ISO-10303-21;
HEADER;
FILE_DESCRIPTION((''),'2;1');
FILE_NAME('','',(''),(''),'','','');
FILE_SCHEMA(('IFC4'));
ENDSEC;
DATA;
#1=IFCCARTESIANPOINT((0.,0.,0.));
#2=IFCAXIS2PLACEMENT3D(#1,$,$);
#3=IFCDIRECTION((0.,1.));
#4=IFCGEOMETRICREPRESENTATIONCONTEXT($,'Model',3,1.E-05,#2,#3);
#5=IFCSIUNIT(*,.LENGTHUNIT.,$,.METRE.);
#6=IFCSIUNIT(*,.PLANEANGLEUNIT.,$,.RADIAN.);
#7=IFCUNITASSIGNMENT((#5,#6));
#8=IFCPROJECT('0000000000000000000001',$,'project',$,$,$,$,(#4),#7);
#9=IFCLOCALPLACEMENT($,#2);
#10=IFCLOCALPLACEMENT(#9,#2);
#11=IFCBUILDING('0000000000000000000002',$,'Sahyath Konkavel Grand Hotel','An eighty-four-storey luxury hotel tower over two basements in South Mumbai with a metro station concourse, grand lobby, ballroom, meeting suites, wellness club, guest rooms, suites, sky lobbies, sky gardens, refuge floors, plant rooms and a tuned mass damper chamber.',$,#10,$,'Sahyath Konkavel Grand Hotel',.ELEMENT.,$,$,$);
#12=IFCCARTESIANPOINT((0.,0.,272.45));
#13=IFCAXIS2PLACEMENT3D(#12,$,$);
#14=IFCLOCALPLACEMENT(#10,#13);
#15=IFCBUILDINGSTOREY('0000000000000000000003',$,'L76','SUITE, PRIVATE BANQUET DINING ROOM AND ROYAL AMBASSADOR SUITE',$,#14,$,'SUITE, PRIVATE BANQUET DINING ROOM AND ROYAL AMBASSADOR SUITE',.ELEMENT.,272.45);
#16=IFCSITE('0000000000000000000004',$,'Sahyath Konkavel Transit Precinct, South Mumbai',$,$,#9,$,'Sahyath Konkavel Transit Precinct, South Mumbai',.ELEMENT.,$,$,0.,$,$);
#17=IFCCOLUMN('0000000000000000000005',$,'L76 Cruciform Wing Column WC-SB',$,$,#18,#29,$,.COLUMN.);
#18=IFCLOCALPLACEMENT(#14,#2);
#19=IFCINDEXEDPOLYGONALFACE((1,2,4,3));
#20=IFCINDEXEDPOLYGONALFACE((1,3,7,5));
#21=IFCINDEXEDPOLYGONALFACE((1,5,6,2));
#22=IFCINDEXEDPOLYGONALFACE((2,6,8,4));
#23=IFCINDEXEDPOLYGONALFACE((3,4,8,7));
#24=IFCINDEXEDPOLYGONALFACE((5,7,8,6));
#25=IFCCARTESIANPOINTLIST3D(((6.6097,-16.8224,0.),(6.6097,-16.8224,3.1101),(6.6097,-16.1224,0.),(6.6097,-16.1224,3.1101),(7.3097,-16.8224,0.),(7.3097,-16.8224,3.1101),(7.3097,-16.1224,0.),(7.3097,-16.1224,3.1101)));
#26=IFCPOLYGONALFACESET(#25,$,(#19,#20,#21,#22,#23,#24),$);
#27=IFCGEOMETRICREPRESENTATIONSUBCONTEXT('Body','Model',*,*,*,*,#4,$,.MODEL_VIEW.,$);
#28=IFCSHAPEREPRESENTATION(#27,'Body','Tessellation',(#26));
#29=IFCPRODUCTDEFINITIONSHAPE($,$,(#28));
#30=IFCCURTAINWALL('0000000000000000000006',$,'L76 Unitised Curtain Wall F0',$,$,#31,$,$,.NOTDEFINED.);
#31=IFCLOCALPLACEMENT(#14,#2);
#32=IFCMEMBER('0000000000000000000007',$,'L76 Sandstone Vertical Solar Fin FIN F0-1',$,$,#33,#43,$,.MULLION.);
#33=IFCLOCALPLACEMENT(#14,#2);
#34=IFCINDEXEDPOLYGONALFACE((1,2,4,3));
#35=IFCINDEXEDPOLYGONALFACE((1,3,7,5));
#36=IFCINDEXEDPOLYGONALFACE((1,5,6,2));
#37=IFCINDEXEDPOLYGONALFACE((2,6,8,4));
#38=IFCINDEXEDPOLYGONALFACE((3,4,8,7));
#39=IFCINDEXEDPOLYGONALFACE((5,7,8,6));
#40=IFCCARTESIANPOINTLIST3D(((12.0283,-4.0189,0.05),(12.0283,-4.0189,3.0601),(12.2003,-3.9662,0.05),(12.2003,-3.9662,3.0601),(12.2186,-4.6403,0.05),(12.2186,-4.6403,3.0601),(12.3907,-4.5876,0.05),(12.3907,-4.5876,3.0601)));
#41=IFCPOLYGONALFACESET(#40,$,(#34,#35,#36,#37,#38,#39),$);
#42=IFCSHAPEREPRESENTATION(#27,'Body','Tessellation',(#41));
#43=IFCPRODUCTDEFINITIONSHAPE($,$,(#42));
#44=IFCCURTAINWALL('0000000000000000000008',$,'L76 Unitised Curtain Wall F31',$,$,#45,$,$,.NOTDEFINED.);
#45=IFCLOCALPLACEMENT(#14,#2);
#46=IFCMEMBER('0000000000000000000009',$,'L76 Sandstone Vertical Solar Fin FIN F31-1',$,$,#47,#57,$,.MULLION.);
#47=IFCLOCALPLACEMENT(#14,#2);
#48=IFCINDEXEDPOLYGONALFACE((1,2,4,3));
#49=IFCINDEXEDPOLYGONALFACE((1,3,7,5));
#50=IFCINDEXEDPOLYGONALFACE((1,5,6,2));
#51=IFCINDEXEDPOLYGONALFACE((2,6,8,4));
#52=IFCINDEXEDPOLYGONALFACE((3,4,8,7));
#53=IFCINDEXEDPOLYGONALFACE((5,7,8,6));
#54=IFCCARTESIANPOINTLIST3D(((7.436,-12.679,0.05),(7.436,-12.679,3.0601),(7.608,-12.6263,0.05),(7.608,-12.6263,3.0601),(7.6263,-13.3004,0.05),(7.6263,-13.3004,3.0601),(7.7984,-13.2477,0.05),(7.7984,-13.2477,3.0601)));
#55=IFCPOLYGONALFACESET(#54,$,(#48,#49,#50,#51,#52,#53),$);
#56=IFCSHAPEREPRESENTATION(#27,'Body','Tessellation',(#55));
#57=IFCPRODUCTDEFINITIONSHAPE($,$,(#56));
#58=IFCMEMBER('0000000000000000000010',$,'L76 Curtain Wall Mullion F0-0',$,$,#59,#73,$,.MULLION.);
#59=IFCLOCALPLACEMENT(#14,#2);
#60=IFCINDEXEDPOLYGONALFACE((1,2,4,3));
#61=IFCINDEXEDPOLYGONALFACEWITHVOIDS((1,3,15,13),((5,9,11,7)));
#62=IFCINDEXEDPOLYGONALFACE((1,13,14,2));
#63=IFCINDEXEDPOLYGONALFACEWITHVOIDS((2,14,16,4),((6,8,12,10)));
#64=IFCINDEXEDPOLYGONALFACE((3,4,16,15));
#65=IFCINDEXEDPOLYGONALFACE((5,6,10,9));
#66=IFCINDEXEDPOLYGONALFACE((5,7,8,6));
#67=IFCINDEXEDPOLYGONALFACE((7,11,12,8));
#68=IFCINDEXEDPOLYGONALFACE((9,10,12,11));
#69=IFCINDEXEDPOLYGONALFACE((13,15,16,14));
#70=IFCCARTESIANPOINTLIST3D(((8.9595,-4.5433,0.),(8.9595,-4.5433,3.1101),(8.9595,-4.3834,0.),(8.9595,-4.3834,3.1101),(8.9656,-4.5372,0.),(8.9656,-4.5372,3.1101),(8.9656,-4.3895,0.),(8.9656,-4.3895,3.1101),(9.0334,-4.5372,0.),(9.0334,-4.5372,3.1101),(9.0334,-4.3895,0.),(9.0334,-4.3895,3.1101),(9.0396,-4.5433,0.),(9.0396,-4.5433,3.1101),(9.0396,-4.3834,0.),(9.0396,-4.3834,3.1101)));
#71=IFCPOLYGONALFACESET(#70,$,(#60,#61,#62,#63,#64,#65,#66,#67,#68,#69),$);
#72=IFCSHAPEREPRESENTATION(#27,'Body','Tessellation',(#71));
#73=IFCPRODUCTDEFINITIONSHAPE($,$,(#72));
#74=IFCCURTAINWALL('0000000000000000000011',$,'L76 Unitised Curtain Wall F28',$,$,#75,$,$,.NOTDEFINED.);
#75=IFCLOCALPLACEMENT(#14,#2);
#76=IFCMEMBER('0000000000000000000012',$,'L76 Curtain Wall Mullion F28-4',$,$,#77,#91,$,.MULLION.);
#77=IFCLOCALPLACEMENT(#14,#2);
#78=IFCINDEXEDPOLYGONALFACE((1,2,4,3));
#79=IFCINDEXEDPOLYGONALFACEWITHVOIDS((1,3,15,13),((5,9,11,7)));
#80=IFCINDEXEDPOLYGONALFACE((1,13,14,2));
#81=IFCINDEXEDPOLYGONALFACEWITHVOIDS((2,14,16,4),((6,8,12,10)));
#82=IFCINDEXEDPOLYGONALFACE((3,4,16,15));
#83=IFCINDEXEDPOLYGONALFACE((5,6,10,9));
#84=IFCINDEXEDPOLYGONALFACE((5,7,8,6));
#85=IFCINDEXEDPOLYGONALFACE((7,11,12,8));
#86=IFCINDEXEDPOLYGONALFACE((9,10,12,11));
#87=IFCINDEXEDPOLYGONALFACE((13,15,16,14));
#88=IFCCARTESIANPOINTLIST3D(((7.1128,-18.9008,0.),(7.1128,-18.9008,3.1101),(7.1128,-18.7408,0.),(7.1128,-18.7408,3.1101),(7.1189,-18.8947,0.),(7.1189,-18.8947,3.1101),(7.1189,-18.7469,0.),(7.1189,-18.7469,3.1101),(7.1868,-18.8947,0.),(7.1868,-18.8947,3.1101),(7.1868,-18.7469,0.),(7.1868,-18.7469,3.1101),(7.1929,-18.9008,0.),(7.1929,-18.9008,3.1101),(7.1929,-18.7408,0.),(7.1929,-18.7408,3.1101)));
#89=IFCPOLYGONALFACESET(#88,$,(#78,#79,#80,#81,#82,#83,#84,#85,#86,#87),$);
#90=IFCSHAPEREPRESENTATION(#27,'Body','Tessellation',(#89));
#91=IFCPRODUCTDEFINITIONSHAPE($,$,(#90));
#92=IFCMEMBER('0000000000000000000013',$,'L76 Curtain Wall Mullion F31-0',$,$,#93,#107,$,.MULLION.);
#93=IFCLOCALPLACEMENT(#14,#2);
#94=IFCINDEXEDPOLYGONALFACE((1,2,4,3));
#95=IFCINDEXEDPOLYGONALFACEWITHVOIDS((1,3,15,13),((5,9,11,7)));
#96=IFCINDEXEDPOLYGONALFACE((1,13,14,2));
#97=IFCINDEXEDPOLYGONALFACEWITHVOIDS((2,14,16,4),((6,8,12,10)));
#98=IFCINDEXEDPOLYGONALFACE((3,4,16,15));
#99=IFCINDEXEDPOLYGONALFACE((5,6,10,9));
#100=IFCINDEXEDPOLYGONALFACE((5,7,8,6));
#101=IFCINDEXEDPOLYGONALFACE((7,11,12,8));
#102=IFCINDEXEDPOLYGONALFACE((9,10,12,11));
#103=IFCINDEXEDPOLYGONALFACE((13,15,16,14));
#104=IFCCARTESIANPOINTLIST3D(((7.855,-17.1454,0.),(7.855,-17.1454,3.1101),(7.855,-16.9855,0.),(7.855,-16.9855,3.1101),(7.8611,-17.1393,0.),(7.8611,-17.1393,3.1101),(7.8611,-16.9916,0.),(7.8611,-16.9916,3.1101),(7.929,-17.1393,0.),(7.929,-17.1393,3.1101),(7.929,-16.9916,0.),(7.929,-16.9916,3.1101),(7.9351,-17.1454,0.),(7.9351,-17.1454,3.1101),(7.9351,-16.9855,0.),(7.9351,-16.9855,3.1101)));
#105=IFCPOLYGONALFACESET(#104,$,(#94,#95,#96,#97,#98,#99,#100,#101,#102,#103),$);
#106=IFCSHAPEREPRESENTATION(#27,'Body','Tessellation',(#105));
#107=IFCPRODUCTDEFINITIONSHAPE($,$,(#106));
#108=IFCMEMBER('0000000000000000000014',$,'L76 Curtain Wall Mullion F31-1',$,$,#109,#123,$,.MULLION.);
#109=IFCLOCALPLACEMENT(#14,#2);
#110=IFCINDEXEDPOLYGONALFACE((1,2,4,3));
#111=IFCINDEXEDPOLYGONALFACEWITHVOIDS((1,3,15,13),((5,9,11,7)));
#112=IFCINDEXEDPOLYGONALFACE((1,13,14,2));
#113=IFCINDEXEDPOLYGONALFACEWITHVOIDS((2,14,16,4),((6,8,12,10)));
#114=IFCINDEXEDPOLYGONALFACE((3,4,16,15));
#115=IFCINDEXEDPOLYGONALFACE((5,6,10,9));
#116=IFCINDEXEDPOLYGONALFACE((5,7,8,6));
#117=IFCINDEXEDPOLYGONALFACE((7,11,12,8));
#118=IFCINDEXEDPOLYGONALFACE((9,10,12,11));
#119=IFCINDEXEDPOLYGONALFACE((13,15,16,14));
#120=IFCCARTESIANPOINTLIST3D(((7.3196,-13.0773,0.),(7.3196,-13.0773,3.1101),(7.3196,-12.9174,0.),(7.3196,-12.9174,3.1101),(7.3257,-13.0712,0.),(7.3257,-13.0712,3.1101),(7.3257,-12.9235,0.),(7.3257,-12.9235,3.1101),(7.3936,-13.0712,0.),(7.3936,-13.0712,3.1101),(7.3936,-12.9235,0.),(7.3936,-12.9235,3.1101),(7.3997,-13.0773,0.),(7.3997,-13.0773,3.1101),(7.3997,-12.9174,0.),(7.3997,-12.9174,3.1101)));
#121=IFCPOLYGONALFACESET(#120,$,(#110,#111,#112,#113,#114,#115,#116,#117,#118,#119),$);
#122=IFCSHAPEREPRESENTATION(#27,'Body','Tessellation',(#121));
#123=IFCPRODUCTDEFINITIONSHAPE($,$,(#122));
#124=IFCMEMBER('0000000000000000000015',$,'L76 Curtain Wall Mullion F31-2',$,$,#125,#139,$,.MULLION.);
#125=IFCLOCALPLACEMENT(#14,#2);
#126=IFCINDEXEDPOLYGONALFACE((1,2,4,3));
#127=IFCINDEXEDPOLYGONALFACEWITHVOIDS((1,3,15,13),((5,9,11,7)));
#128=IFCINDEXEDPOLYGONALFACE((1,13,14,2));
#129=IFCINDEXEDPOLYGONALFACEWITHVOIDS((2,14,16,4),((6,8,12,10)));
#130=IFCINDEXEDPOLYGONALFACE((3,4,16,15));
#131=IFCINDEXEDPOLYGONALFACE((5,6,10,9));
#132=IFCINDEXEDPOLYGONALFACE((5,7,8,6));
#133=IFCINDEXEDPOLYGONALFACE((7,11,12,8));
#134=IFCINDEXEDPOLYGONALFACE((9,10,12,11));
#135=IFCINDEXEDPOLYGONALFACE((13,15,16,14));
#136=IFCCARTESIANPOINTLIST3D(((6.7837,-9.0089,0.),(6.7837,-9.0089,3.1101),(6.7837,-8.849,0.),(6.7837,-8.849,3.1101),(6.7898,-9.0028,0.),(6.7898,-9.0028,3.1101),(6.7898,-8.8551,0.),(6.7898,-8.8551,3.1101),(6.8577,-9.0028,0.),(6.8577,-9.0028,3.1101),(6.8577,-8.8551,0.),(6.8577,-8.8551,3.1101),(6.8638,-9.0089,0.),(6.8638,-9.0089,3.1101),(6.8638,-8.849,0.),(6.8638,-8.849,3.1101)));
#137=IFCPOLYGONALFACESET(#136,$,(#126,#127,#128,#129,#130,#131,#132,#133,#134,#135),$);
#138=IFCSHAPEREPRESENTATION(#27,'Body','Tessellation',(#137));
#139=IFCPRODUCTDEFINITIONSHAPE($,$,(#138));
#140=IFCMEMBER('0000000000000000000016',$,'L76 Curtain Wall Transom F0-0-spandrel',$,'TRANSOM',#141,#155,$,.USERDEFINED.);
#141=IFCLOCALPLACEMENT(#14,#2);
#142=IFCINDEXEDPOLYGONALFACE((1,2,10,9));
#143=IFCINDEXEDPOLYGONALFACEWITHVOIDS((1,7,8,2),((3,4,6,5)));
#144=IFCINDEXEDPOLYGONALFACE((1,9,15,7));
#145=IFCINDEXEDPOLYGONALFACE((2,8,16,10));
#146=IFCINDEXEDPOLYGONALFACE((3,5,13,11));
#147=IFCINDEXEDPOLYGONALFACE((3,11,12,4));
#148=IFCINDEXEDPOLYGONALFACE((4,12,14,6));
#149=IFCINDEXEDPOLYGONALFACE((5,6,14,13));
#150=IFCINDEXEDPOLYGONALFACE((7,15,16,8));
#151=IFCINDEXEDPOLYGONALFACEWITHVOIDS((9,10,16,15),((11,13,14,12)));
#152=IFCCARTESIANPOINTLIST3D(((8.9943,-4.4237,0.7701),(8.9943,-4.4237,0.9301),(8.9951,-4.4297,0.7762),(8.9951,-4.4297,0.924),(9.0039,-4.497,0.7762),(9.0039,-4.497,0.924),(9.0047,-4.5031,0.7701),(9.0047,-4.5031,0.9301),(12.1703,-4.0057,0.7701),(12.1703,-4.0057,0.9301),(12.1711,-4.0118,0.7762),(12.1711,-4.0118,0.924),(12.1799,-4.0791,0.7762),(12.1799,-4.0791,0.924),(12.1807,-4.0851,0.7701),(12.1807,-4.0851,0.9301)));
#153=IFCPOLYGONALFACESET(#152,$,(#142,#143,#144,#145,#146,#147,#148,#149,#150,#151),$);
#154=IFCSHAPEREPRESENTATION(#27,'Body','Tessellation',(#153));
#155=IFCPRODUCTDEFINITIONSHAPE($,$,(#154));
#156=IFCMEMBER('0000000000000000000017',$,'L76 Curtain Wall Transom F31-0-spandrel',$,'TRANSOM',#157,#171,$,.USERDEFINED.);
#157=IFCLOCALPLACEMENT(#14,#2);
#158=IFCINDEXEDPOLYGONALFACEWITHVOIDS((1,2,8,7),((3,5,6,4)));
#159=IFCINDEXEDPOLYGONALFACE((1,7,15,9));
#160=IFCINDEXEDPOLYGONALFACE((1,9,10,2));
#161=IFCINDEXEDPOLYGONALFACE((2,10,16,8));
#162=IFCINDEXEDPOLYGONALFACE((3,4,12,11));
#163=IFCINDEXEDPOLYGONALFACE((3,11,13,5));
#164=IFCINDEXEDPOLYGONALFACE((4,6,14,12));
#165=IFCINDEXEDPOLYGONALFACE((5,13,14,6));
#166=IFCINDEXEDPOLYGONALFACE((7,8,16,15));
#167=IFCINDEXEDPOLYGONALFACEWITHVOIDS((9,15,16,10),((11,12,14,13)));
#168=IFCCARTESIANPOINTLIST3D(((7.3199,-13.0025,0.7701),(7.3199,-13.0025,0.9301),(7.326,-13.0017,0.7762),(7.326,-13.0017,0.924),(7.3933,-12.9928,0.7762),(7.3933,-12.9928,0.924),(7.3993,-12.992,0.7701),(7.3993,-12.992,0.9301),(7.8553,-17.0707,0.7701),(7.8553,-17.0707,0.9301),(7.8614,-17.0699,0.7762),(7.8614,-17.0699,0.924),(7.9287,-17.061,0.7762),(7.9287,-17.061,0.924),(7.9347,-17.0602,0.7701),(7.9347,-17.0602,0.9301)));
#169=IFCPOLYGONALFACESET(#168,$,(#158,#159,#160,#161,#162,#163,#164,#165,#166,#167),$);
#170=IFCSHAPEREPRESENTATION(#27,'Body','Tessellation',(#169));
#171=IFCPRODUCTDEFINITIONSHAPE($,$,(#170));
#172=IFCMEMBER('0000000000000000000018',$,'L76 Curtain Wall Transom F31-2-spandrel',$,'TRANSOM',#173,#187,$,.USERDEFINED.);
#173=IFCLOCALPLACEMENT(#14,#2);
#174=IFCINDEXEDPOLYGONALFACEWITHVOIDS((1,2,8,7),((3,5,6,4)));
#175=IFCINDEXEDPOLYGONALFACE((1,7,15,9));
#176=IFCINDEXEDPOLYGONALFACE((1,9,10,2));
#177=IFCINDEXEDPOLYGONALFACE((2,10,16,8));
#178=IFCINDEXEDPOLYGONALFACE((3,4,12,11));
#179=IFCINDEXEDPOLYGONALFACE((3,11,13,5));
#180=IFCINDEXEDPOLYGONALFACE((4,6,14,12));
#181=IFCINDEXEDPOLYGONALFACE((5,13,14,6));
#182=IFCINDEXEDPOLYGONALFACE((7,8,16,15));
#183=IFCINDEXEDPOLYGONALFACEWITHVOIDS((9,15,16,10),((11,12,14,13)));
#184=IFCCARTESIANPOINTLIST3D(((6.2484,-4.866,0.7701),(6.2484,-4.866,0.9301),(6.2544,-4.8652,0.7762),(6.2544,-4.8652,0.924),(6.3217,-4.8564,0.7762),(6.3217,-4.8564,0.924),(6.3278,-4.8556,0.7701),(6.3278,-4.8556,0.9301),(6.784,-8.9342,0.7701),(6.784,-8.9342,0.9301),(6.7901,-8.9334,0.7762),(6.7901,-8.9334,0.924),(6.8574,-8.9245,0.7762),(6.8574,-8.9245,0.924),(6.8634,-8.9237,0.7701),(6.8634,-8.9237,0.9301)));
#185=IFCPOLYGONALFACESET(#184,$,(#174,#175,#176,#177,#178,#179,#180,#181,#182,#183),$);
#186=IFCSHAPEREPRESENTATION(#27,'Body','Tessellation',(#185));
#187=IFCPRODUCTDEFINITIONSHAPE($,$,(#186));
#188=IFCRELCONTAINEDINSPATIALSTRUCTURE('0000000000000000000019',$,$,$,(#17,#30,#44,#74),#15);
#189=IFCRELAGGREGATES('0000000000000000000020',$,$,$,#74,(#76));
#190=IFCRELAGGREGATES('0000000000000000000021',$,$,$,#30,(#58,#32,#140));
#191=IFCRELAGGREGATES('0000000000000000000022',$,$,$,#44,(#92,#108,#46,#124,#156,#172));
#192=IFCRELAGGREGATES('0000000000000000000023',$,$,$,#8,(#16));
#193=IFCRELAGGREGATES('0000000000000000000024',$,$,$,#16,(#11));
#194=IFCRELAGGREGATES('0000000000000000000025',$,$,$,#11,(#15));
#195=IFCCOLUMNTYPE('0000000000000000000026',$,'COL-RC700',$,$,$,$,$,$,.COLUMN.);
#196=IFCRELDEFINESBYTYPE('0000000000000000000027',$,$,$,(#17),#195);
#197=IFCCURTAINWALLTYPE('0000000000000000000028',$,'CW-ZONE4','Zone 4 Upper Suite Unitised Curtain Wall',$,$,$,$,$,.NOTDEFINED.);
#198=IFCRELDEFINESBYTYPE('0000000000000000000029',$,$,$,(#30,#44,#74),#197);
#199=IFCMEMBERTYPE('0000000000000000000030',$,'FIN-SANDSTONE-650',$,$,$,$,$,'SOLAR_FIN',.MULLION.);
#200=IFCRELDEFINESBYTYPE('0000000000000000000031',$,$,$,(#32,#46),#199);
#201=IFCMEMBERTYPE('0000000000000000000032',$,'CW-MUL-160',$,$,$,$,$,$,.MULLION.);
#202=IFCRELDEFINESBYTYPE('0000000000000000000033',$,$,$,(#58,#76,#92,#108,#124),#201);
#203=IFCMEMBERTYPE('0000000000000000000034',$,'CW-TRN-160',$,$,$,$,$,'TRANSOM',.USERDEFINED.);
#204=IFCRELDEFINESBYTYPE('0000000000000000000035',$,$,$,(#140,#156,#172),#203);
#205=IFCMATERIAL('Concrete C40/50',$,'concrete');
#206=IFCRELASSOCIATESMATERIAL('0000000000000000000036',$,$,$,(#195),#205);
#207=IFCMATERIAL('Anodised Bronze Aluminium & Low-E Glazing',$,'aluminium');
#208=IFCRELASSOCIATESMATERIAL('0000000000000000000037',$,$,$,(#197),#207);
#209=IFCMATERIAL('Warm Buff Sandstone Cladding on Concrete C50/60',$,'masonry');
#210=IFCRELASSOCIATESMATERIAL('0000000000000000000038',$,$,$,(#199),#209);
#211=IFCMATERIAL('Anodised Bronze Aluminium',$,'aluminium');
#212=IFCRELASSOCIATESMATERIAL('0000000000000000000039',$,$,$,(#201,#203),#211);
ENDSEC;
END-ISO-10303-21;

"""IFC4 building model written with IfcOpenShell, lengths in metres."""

from ifc_helpers import new_model, si_unit, direction, frame, origin, origin_2d, place, context, subcontext, project, spatial, rectangle, hollow_rectangle, extrude, source, transform, mapped, material, material_profile, profile_set, type_object, element, aggregate, save


model = new_model("IFC4")

# Units and contexts
model_context = context("Model", 3, precision=1e-05, world=origin(), true_north=direction((0.0, 1.0)))
body_context = subcontext(model_context, "Body", "Model", "MODEL_VIEW")
ifc_project = project(units=[si_unit("LENGTHUNIT", "METRE"), si_unit("PLANEANGLEUNIT", "RADIAN")], contexts=[model_context])

# Site, building, storey
site_placement = place(None, origin())
site = spatial("IfcSite", under=ifc_project, at=site_placement, Name="Sahyath Konkavel Transit Precinct, South Mumbai", LongName="Sahyath Konkavel Transit Precinct, South Mumbai", CompositionType="ELEMENT", RefElevation=0.0)
building_placement = place(site_placement, origin())
building = spatial("IfcBuilding", under=site, at=building_placement, Name="Sahyath Konkavel Grand Hotel", Description="An eighty-four-storey luxury hotel tower over two basements in South Mumbai with a metro station concourse, grand lobby, ballroom, meeting suites, wellness club, guest rooms, suites, sky lobbies, sky gardens, refuge floors, plant rooms and a tuned mass damper chamber.", LongName="Sahyath Konkavel Grand Hotel", CompositionType="ELEMENT")
storey_placement = place(building_placement, frame((0.0, 0.0, 272.45)))
storey = spatial("IfcBuildingStorey", under=building, at=storey_placement, Name="L76", Description="SUITE, PRIVATE BANQUET DINING ROOM AND ROYAL AMBASSADOR SUITE", LongName="SUITE, PRIVATE BANQUET DINING ROOM AND ROYAL AMBASSADOR SUITE", CompositionType="ELEMENT", Elevation=272.45)

# Column
ifc_material_1 = material(Name="Concrete C40/50", Category="concrete")
ifc_material_profile_1 = material_profile(ifc_material_1, rectangle(XDim=0.7, YDim=0.7, at=origin_2d()), Name="RC 700x700")
ifc_profile_set_1 = profile_set([ifc_material_profile_1], Name="Concrete C40/50")
column_type = type_object("IfcColumnType", Name="COL-RC700", PredefinedType="COLUMN", material=ifc_profile_set_1)
shared_shape_1 = source(origin(), body_context, "Body", "SweptSolid", [
    extrude(rectangle(XDim=0.7, YDim=0.7, at=origin_2d()), origin(), (0.0, 0.0, 1.0), 3.1101),
])
column_placement = place(storey_placement, frame((6.9597, -16.4724, 0.0), z_axis=(0.0, 0.0, 1.0), x_axis=(1.0, 0.0, 0.0)))
element("IfcColumn", 1, at=column_placement, inside=storey, type_object=column_type, Name="L76 Cruciform Wing Column WC-SB", PredefinedType="COLUMN", context=body_context, shape_type="MappedRepresentation", body=[
    mapped(shared_shape_1, transform((0.0, 0.0, 0.0), scale=1.0)),
])

# Curtain walls, members
ifc_material_2 = material(Name="Anodised Bronze Aluminium & Low-E Glazing", Category="aluminium")
curtain_wall_type = type_object("IfcCurtainWallType", Name="CW-ZONE4", Description="Zone 4 Upper Suite Unitised Curtain Wall", PredefinedType="NOTDEFINED", material=ifc_material_2)
curtain_wall_1_placement = place(storey_placement, origin())
curtain_wall_1 = element("IfcCurtainWall", 2, at=curtain_wall_1_placement, inside=storey, type_object=curtain_wall_type, Name="L76 Unitised Curtain Wall F0", PredefinedType="NOTDEFINED")
ifc_material_3 = material(Name="Warm Buff Sandstone Cladding on Concrete C50/60", Category="masonry")
ifc_material_profile_2 = material_profile(ifc_material_3, rectangle(XDim=0.1799, YDim=0.6499, at=origin_2d()), Name="FIN 180x650")
ifc_profile_set_2 = profile_set([ifc_material_profile_2], Name="Warm Buff Sandstone Cladding on Concrete C50/60")
member_type_1 = type_object("IfcMemberType", Name="FIN-SANDSTONE-650", ElementType="SOLAR_FIN", PredefinedType="MULLION", material=ifc_profile_set_2)
shared_shape_2 = source(origin(), body_context, "Body", "SweptSolid", [
    extrude(rectangle(XDim=0.1799, YDim=0.6499, at=origin_2d()), origin(), (0.0, 0.0, 1.0), 3.01),
])
member_1_placement = place(storey_placement, frame((12.2095, -4.3032, 0.05), z_axis=(0.0, 0.0, 1.0), x_axis=(0.956152, 0.292872, 0.0)))
member_1 = element("IfcMember", 3, at=member_1_placement, type_object=member_type_1, Name="L76 Sandstone Vertical Solar Fin FIN F0-1", PredefinedType="MULLION", context=body_context, shape_type="MappedRepresentation", body=[
    mapped(shared_shape_2, transform((0.0, 0.0, 0.0), scale=1.0)),
])
curtain_wall_2_placement = place(storey_placement, origin())
curtain_wall_2 = element("IfcCurtainWall", 4, at=curtain_wall_2_placement, inside=storey, type_object=curtain_wall_type, Name="L76 Unitised Curtain Wall F31", PredefinedType="NOTDEFINED")
member_2_placement = place(storey_placement, frame((7.6172, -12.9634, 0.05), z_axis=(0.0, 0.0, 1.0), x_axis=(0.956152, 0.292872, 0.0)))
member_2 = element("IfcMember", 5, at=member_2_placement, type_object=member_type_1, Name="L76 Sandstone Vertical Solar Fin FIN F31-1", PredefinedType="MULLION", context=body_context, shape_type="MappedRepresentation", body=[
    mapped(shared_shape_2, transform((0.0, 0.0, 0.0), scale=1.0)),
])

# Member
ifc_material_4 = material(Name="Anodised Bronze Aluminium", Category="aluminium")
ifc_material_profile_3 = material_profile(ifc_material_4, hollow_rectangle(XDim=0.0801, YDim=0.1599, WallThickness=0.0061, at=origin_2d()), Name="RHS 160x80x6")
ifc_profile_set_3 = profile_set([ifc_material_profile_3], Name="Anodised Bronze Aluminium")
member_type_2 = type_object("IfcMemberType", Name="CW-MUL-160", PredefinedType="MULLION", material=ifc_profile_set_3)
shared_shape_3 = source(origin(), body_context, "Body", "SweptSolid", [
    extrude(hollow_rectangle(XDim=0.0801, YDim=0.1599, WallThickness=0.0061, at=origin_2d()), origin(), (0.0, 0.0, 1.0), 3.1101),
])
member_3_placement = place(storey_placement, frame((8.9995, -4.4634, 0.0), z_axis=(0.0, 0.0, 1.0), x_axis=(1.0, 0.0, 0.0)))
member_3 = element("IfcMember", 6, at=member_3_placement, type_object=member_type_2, Name="L76 Curtain Wall Mullion F0-0", PredefinedType="MULLION", context=body_context, shape_type="MappedRepresentation", body=[
    mapped(shared_shape_3, transform((0.0, 0.0, 0.0), scale=1.0)),
])

# Curtain wall, member
curtain_wall_3_placement = place(storey_placement, origin())
curtain_wall_3 = element("IfcCurtainWall", 7, at=curtain_wall_3_placement, inside=storey, type_object=curtain_wall_type, Name="L76 Unitised Curtain Wall F28", PredefinedType="NOTDEFINED")
member_4_placement = place(storey_placement, frame((7.1528, -18.8208, 0.0), z_axis=(0.0, 0.0, 1.0), x_axis=(1.0, 0.0, 0.0)))
member_4 = element("IfcMember", 8, at=member_4_placement, type_object=member_type_2, Name="L76 Curtain Wall Mullion F28-4", PredefinedType="MULLION", context=body_context, shape_type="MappedRepresentation", body=[
    mapped(shared_shape_3, transform((0.0, 0.0, 0.0), scale=1.0)),
])
aggregate(curtain_wall_3, [member_4])

# Members
member_5_placement = place(storey_placement, frame((7.895, -17.0654, 0.0), z_axis=(0.0, 0.0, 1.0), x_axis=(1.0, 0.0, 0.0)))
member_5 = element("IfcMember", 9, at=member_5_placement, type_object=member_type_2, Name="L76 Curtain Wall Mullion F31-0", PredefinedType="MULLION", context=body_context, shape_type="MappedRepresentation", body=[
    mapped(shared_shape_3, transform((0.0, 0.0, 0.0), scale=1.0)),
])
member_6_placement = place(storey_placement, frame((7.3596, -12.9973, 0.0), z_axis=(0.0, 0.0, 1.0), x_axis=(1.0, 0.0, 0.0)))
member_6 = element("IfcMember", 10, at=member_6_placement, type_object=member_type_2, Name="L76 Curtain Wall Mullion F31-1", PredefinedType="MULLION", context=body_context, shape_type="MappedRepresentation", body=[
    mapped(shared_shape_3, transform((0.0, 0.0, 0.0), scale=1.0)),
])
member_7_placement = place(storey_placement, frame((6.8237, -8.929, 0.0), z_axis=(0.0, 0.0, 1.0), x_axis=(1.0, 0.0, 0.0)))
member_7 = element("IfcMember", 11, at=member_7_placement, type_object=member_type_2, Name="L76 Curtain Wall Mullion F31-2", PredefinedType="MULLION", context=body_context, shape_type="MappedRepresentation", body=[
    mapped(shared_shape_3, transform((0.0, 0.0, 0.0), scale=1.0)),
])
ifc_material_profile_4 = material_profile(ifc_material_4, hollow_rectangle(XDim=0.0801, YDim=0.1599, WallThickness=0.0061, at=origin_2d()), Name="RHS 160x80x6")
ifc_profile_set_4 = profile_set([ifc_material_profile_4], Name="Anodised Bronze Aluminium")
member_type_3 = type_object("IfcMemberType", Name="CW-TRN-160", ElementType="TRANSOM", PredefinedType="USERDEFINED", material=ifc_profile_set_4)
shared_shape_4 = source(origin(), body_context, "Body", "SweptSolid", [
    extrude(hollow_rectangle(XDim=0.0801, YDim=0.1599, WallThickness=0.0061, at=origin_2d()), origin(), (0.0, 0.0, 1.0), 3.2034),
])
member_8_placement = place(storey_placement, frame((8.9995, -4.4634, 0.8501), z_axis=(0.991451, 0.130476, 0.0), x_axis=(-0.130476, 0.991451, 0.0)))
member_8 = element("IfcMember", 12, at=member_8_placement, type_object=member_type_3, Name="L76 Curtain Wall Transom F0-0-spandrel", ObjectType="TRANSOM", PredefinedType="USERDEFINED", context=body_context, shape_type="MappedRepresentation", body=[
    mapped(shared_shape_4, transform((0.0, 0.0, 0.0), scale=1.0)),
])
shared_shape_5 = source(origin(), body_context, "Body", "SweptSolid", [
    extrude(hollow_rectangle(XDim=0.0801, YDim=0.1599, WallThickness=0.0061, at=origin_2d()), origin(), (0.0, 0.0, 1.0), 4.1033),
])
member_9_placement = place(storey_placement, frame((7.895, -17.0654, 0.8501), z_axis=(-0.130484, 0.99145, 0.0), x_axis=(-0.99145, -0.130484, 0.0)))
member_9 = element("IfcMember", 13, at=member_9_placement, type_object=member_type_3, Name="L76 Curtain Wall Transom F31-0-spandrel", ObjectType="TRANSOM", PredefinedType="USERDEFINED", context=body_context, shape_type="MappedRepresentation", body=[
    mapped(shared_shape_5, transform((0.0, 0.0, 0.0), scale=1.0)),
])
member_10_placement = place(storey_placement, frame((6.8237, -8.929, 0.8501), z_axis=(-0.130542, 0.991443, 0.0), x_axis=(-0.991443, -0.130542, 0.0)))
member_10 = element("IfcMember", 14, at=member_10_placement, type_object=member_type_3, Name="L76 Curtain Wall Transom F31-2-spandrel", ObjectType="TRANSOM", PredefinedType="USERDEFINED", context=body_context, shape_type="MappedRepresentation", body=[
    mapped(shared_shape_5, transform((0.0, 0.0, 0.0), scale=1.0)),
])

aggregate(curtain_wall_1, [member_3, member_1, member_8])
aggregate(curtain_wall_2, [member_5, member_6, member_2, member_7, member_9, member_10])

save(model, "model.ifc")
